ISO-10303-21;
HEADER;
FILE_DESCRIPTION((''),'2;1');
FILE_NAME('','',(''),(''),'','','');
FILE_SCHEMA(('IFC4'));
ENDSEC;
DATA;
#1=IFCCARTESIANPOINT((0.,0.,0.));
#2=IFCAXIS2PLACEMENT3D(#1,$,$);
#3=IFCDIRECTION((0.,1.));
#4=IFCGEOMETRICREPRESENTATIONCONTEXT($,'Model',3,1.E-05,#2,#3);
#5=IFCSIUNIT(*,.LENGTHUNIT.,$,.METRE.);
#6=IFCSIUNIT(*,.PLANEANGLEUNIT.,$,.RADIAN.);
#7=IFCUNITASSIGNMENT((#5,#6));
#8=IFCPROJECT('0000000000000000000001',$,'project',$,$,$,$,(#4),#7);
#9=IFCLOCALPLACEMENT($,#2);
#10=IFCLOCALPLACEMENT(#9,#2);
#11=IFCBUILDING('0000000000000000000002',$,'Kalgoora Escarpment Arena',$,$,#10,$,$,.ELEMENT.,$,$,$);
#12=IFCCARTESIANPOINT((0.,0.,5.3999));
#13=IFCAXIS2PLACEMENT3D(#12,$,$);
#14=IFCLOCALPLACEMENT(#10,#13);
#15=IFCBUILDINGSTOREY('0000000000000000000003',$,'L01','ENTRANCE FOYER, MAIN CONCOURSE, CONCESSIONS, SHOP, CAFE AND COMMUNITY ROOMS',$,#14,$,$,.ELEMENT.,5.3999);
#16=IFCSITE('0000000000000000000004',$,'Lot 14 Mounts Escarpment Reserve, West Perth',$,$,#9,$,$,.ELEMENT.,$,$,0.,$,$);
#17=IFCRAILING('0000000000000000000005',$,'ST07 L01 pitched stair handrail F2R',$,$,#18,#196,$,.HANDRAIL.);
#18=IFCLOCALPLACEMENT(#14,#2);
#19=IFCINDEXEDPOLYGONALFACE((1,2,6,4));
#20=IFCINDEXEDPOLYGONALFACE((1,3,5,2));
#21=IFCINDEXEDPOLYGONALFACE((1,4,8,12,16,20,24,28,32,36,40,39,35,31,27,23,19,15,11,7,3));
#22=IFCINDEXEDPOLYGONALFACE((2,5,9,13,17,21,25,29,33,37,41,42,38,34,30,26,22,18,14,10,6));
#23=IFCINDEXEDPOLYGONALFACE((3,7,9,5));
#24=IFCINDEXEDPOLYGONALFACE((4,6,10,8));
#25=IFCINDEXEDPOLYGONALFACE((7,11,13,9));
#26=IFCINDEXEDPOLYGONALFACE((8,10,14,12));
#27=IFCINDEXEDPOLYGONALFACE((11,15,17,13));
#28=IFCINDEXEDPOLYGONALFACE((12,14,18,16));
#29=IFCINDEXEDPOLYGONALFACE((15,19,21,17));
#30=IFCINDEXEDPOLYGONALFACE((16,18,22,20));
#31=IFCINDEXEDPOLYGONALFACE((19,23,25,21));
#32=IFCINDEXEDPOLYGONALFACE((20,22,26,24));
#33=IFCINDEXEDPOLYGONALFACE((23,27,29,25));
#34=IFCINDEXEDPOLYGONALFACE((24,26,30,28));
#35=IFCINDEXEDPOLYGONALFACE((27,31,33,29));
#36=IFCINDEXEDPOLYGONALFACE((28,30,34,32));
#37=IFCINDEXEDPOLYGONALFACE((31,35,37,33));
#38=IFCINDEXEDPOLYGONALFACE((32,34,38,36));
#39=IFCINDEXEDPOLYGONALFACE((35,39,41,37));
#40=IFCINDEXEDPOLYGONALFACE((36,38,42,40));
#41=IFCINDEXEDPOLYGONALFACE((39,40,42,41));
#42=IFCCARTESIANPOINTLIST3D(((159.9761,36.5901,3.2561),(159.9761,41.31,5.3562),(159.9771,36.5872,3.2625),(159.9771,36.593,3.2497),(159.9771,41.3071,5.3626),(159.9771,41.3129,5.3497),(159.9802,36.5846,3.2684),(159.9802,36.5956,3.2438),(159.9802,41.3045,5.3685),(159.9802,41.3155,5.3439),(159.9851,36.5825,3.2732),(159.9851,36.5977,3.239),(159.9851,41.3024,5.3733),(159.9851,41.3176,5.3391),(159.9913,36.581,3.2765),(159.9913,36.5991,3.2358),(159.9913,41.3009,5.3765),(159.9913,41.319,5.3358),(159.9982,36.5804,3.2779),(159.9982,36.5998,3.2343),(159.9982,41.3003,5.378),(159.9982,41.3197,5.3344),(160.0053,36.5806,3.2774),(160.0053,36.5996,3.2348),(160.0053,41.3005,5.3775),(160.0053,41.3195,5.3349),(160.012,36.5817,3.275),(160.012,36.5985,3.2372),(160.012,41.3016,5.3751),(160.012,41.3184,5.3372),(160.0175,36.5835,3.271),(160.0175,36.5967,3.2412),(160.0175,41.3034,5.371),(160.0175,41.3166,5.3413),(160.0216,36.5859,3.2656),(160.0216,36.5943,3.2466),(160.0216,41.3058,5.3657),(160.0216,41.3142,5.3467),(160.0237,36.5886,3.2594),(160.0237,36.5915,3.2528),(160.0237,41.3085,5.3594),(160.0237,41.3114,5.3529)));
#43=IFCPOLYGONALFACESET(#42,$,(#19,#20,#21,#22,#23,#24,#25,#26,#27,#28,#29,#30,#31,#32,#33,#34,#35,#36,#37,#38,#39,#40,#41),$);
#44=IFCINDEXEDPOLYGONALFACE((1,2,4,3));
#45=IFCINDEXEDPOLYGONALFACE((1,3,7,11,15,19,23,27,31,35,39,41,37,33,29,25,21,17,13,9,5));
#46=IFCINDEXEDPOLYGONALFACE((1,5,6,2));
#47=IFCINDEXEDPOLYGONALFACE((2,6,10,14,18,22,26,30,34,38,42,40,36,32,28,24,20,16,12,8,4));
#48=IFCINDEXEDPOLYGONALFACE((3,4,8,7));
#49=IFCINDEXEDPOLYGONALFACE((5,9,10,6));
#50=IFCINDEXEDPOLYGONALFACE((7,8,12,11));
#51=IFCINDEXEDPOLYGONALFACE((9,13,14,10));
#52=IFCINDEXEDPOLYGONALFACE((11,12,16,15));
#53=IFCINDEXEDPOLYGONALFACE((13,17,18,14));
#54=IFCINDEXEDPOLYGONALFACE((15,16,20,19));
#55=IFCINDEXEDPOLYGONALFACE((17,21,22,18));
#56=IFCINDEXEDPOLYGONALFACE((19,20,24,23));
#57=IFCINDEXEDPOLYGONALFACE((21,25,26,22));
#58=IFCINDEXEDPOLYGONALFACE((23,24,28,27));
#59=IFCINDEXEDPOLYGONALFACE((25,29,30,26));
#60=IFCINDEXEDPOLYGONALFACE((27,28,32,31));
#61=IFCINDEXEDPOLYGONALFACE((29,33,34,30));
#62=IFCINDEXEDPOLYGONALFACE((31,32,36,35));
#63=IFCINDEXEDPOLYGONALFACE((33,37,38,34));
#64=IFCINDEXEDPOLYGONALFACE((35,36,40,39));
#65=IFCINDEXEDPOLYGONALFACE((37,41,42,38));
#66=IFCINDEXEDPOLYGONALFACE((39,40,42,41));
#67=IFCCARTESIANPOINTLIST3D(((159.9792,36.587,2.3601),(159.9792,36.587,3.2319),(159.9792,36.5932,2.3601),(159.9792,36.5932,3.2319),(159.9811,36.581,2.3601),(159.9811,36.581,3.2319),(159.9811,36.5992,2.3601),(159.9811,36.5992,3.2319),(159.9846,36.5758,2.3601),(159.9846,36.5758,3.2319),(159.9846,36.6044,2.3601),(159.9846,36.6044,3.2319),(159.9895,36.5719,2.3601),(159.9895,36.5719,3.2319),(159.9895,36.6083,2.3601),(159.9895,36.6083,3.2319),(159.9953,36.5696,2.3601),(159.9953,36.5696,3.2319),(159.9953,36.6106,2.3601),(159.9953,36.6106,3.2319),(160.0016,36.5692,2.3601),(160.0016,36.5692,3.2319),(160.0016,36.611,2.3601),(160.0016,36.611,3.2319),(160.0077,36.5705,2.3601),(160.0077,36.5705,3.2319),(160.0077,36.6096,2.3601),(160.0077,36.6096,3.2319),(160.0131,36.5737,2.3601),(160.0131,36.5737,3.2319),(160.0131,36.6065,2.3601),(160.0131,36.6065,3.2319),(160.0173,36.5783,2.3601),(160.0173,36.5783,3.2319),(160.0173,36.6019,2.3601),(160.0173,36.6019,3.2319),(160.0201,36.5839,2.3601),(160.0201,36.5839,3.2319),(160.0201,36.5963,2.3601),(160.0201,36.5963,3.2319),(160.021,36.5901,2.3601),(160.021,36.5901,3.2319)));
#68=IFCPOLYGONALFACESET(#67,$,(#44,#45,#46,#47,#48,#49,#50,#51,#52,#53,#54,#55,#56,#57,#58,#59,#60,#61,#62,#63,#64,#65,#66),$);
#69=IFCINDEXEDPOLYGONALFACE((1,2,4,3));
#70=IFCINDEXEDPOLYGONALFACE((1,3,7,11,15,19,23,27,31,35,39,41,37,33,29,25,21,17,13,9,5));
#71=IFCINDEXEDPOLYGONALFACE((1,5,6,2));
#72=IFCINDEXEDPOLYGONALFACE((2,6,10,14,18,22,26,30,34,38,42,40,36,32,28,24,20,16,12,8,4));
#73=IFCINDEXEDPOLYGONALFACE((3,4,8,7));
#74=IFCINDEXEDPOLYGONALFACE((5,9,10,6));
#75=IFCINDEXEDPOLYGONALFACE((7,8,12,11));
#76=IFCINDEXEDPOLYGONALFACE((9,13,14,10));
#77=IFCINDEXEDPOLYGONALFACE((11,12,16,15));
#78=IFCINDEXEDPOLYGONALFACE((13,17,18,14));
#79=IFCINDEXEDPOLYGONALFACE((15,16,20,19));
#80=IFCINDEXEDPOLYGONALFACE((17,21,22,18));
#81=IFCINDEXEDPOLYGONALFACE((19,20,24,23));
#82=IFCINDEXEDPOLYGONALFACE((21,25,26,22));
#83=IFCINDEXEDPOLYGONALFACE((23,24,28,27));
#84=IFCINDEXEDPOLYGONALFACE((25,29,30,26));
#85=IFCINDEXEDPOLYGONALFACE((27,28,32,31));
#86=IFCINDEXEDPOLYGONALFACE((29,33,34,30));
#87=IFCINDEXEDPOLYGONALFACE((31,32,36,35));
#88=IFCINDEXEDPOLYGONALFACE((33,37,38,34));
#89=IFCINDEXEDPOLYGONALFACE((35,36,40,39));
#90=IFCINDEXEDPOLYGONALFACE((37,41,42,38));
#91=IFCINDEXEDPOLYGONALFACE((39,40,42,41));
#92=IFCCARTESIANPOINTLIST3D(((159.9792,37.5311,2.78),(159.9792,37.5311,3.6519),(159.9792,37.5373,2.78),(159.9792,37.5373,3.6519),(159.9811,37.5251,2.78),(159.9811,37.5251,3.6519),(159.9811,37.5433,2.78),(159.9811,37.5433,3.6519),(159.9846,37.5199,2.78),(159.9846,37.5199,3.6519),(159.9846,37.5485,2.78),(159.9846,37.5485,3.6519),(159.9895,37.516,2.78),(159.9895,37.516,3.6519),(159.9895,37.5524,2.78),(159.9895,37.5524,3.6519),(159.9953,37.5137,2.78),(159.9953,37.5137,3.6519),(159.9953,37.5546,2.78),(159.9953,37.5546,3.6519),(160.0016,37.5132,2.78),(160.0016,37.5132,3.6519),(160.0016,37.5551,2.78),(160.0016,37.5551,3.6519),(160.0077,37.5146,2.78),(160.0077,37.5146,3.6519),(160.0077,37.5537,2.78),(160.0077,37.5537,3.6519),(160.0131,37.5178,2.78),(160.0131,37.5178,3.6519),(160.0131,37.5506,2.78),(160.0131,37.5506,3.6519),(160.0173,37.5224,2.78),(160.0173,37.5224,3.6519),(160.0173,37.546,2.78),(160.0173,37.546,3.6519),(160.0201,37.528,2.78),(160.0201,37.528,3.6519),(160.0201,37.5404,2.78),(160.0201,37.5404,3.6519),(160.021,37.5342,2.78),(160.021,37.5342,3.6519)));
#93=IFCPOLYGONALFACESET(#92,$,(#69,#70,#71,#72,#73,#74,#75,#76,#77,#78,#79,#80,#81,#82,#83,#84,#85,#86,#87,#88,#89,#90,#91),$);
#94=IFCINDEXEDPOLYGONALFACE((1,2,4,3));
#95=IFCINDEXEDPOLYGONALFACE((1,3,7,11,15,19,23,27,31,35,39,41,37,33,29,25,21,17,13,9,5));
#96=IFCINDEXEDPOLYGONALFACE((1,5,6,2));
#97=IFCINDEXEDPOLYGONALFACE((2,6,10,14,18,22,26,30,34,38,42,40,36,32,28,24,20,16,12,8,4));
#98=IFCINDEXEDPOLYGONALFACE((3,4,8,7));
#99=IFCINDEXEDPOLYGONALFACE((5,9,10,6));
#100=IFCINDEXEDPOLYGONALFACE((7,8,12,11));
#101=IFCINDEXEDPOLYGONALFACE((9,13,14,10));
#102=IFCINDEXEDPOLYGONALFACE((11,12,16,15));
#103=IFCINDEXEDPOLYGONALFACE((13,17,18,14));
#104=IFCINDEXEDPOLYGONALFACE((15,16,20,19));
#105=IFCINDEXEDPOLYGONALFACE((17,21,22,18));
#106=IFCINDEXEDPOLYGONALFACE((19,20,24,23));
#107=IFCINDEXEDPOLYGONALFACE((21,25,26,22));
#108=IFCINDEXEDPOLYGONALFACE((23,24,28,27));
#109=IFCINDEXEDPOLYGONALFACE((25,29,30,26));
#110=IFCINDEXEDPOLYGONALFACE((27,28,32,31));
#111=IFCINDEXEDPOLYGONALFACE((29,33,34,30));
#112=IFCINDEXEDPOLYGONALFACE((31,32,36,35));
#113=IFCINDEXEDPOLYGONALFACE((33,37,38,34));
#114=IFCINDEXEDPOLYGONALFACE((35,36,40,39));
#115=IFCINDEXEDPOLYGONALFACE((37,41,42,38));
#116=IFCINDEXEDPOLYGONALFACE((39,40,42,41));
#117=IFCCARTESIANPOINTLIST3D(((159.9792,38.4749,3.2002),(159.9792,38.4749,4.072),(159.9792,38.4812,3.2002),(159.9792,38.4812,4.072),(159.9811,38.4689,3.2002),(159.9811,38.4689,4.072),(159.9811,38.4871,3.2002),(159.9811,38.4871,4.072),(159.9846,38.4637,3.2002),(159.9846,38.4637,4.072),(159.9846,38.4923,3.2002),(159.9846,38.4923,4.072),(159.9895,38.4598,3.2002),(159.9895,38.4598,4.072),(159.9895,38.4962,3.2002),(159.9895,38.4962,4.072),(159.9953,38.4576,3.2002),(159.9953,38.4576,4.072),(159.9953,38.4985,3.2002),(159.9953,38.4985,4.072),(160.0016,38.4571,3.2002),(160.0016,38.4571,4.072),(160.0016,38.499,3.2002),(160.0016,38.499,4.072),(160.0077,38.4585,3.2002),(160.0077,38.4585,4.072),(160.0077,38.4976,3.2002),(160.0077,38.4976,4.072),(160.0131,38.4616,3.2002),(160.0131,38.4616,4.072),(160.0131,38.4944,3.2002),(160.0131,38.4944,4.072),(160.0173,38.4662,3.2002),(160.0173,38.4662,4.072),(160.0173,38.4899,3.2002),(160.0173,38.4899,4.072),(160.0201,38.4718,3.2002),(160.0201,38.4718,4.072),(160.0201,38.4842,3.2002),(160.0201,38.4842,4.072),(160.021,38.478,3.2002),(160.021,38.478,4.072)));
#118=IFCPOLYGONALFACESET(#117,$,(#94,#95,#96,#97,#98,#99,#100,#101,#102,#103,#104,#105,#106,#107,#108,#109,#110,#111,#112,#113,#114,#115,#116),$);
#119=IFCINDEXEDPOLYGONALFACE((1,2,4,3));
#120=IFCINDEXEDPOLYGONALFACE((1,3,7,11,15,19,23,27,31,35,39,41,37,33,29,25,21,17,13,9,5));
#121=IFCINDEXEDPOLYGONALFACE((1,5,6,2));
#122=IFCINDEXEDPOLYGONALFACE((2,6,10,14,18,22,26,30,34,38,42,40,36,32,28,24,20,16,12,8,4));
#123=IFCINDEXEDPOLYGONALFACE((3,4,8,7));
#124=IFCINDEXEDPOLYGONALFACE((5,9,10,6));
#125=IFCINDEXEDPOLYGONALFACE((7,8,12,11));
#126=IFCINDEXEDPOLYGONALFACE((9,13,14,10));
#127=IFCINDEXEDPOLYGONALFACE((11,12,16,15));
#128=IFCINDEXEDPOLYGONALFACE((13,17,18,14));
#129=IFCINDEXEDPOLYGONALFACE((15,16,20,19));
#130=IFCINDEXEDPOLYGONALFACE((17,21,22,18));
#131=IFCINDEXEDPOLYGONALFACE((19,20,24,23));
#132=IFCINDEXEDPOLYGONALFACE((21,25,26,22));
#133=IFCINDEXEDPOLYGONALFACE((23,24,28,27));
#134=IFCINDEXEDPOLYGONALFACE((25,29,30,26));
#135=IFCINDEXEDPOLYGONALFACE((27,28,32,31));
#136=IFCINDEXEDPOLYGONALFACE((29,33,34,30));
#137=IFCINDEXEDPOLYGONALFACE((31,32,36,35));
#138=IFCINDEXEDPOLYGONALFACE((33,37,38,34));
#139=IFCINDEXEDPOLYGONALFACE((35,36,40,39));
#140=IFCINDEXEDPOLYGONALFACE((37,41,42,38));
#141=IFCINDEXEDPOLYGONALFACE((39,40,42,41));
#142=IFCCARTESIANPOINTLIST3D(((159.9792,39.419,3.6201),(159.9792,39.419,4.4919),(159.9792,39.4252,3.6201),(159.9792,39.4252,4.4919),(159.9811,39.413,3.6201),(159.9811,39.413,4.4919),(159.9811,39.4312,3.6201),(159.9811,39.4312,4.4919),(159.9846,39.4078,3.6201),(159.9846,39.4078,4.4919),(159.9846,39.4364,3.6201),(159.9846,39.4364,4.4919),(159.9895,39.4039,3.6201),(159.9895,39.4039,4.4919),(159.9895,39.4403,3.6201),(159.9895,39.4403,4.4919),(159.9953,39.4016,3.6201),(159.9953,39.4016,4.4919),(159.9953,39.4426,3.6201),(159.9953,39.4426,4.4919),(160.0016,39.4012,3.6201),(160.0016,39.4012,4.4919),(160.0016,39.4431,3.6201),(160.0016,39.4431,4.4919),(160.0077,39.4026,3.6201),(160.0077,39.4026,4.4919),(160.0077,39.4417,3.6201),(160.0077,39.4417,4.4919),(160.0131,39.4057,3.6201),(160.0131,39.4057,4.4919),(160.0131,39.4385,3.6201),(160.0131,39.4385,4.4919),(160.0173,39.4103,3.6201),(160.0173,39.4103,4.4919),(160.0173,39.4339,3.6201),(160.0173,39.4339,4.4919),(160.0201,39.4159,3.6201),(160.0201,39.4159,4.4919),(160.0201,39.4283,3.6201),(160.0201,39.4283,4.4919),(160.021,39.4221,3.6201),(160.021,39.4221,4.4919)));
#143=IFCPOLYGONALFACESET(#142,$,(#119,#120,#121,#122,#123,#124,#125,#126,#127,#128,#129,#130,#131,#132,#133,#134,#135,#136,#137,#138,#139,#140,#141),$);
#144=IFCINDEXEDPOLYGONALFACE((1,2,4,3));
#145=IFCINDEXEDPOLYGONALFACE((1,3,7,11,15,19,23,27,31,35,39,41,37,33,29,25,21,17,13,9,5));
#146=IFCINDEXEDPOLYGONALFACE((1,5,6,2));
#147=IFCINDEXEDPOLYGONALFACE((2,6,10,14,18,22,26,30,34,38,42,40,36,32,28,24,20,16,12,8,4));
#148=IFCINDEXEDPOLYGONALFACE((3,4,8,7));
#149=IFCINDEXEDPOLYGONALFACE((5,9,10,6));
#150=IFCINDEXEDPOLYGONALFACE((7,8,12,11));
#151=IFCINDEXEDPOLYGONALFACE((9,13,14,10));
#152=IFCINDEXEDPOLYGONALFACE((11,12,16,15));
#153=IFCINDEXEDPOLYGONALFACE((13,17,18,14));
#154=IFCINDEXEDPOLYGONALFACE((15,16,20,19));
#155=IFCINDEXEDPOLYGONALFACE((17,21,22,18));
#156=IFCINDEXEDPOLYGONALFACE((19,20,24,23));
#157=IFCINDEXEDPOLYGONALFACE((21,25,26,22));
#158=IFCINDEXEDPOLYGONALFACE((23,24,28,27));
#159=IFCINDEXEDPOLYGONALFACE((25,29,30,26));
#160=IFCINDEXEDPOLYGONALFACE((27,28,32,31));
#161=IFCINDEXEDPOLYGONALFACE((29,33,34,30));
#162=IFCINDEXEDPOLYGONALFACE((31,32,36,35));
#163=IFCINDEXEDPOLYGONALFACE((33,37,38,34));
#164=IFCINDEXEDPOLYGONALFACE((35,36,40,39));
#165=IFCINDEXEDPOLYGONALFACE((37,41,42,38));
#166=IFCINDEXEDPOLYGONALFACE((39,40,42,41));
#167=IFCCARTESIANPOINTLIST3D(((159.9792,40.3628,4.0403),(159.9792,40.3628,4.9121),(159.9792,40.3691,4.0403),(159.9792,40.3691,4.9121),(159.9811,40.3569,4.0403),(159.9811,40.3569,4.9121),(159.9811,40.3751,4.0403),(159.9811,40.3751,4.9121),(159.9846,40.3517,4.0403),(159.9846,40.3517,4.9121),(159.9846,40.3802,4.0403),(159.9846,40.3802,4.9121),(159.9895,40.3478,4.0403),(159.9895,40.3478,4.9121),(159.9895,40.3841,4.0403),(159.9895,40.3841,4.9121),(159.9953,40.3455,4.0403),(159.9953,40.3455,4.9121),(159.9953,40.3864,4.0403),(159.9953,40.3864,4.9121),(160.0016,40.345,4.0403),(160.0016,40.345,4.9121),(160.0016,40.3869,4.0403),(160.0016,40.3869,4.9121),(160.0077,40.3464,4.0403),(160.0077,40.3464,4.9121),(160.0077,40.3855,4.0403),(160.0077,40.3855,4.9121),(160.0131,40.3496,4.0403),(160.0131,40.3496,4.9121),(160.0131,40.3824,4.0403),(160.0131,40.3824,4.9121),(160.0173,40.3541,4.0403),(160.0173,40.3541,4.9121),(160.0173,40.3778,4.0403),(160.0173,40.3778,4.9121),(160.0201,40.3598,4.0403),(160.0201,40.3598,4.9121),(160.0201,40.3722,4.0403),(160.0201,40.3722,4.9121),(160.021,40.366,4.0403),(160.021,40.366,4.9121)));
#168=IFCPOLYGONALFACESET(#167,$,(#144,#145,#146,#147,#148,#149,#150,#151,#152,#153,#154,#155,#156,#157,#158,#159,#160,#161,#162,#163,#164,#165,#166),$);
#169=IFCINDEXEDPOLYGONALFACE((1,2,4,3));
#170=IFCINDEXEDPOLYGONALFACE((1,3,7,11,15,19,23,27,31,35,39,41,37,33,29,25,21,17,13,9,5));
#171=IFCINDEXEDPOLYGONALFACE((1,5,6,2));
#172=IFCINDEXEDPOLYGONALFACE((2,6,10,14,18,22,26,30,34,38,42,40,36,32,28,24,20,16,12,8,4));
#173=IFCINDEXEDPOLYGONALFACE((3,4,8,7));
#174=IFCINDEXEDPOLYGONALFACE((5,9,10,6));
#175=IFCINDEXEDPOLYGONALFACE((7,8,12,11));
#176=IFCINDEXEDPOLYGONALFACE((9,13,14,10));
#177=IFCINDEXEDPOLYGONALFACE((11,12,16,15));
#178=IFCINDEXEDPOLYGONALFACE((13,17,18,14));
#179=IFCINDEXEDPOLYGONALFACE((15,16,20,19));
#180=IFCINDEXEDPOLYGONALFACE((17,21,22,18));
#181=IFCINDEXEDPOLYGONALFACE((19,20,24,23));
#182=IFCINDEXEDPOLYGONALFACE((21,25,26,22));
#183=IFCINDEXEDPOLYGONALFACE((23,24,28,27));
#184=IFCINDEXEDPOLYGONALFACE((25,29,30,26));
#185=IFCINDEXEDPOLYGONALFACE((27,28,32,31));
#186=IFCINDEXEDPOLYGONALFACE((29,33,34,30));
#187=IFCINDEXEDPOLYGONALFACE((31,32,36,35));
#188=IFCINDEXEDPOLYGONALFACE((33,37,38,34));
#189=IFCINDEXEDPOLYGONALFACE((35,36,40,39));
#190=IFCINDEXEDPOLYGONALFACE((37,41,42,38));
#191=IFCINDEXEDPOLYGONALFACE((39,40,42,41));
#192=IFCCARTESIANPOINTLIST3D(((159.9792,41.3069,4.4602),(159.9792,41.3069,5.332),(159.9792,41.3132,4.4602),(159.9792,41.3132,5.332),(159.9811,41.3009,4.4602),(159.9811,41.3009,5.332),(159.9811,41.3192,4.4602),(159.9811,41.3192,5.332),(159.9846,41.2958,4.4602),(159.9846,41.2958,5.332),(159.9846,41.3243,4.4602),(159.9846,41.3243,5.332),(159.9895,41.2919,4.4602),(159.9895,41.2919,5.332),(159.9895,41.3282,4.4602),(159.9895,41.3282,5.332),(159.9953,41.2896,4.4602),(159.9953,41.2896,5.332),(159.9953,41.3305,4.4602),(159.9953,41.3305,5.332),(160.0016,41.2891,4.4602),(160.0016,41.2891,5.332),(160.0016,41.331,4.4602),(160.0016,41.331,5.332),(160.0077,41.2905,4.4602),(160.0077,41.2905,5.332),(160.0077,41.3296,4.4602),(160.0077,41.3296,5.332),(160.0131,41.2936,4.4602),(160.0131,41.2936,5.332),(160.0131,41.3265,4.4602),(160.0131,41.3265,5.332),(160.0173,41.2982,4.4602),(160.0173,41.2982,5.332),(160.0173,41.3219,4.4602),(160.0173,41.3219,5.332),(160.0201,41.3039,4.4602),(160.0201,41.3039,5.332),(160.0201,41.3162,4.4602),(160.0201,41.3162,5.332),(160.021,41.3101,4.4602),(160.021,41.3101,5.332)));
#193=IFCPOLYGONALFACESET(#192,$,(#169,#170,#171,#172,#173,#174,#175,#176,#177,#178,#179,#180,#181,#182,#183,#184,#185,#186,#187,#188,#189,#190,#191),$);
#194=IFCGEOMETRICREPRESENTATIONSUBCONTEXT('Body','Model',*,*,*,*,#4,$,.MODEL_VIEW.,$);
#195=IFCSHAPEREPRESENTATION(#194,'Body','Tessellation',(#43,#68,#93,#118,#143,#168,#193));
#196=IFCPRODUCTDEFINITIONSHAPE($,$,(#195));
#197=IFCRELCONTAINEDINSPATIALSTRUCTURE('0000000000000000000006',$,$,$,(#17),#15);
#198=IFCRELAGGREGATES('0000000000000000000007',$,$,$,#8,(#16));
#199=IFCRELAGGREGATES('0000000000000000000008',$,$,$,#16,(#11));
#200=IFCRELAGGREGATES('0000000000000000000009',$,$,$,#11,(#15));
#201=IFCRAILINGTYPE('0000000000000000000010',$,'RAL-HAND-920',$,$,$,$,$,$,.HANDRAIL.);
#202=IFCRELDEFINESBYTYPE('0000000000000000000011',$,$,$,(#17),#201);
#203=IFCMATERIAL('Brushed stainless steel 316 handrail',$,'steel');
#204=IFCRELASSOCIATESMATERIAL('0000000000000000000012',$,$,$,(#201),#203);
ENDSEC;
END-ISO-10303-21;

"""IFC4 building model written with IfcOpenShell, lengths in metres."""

from ifc_helpers import new_model, si_unit, direction, frame, origin, origin_2d, place, context, subcontext, project, spatial, circle, extrude, material, type_object, element, save


model = new_model("IFC4")

# Units and contexts
model_context = context("Model", 3, precision=1e-05, world=origin(), true_north=direction((0.0, 1.0)))
body_context = subcontext(model_context, "Body", "Model", "MODEL_VIEW")
ifc_project = project(units=[si_unit("LENGTHUNIT", "METRE"), si_unit("PLANEANGLEUNIT", "RADIAN")], contexts=[model_context])

# Site, building, storey
site_placement = place(None, origin())
site = spatial("IfcSite", under=ifc_project, at=site_placement, Name="Lot 14 Mounts Escarpment Reserve, West Perth", CompositionType="ELEMENT", RefElevation=0.0)
building_placement = place(site_placement, origin())
building = spatial("IfcBuilding", under=site, at=building_placement, Name="Kalgoora Escarpment Arena", CompositionType="ELEMENT")
storey_placement = place(building_placement, frame((0.0, 0.0, 5.3999)))
storey = spatial("IfcBuildingStorey", under=building, at=storey_placement, Name="L01", Description="ENTRANCE FOYER, MAIN CONCOURSE, CONCESSIONS, SHOP, CAFE AND COMMUNITY ROOMS", CompositionType="ELEMENT", Elevation=5.3999)

# Railing
ifc_material_1 = material(Name="Brushed stainless steel 316 handrail", Category="steel")
railing_type_1 = type_object("IfcRailingType", Name="RAL-HAND-920", PredefinedType="HANDRAIL", material=ifc_material_1)
for number, where, name in (
    (1, (160.0, 36.5901, 2.3601), "ST07 L01 pitched stair handrail F2R"),
):
    element("IfcRailing", number, at=place(storey_placement, frame(where)), inside=storey, type_object=railing_type_1, Name=name, PredefinedType="HANDRAIL", context=body_context, shape_type="SweptSolid", body=[
        extrude(circle(Radius=0.0239, at=origin_2d()), frame((0.0, 0.0, 0.896), z_axis=(0.0, 0.913644, 0.406516), x_axis=(-1.0, 0.0, 0.0)), (0.0, 0.0, 1.0), 5.166),
        extrude(circle(Radius=0.021, at=origin_2d()), origin(), (0.0, 0.0, 1.0), 0.8718),
        extrude(circle(Radius=0.021, at=origin_2d()), frame((0.0, 0.9441, 0.4199)), (0.0, 0.0, 1.0), 0.8718),
        extrude(circle(Radius=0.021, at=origin_2d()), frame((0.0, 1.8879, 0.8401)), (0.0, 0.0, 1.0), 0.8718),
        extrude(circle(Radius=0.021, at=origin_2d()), frame((0.0, 2.832, 1.26)), (0.0, 0.0, 1.0), 0.8718),
        extrude(circle(Radius=0.021, at=origin_2d()), frame((0.0, 3.7759, 1.6802)), (0.0, 0.0, 1.0), 0.8718),
        extrude(circle(Radius=0.021, at=origin_2d()), frame((0.0, 4.72, 2.1001)), (0.0, 0.0, 1.0), 0.8718),
    ])

save(model, "model.ifc")
